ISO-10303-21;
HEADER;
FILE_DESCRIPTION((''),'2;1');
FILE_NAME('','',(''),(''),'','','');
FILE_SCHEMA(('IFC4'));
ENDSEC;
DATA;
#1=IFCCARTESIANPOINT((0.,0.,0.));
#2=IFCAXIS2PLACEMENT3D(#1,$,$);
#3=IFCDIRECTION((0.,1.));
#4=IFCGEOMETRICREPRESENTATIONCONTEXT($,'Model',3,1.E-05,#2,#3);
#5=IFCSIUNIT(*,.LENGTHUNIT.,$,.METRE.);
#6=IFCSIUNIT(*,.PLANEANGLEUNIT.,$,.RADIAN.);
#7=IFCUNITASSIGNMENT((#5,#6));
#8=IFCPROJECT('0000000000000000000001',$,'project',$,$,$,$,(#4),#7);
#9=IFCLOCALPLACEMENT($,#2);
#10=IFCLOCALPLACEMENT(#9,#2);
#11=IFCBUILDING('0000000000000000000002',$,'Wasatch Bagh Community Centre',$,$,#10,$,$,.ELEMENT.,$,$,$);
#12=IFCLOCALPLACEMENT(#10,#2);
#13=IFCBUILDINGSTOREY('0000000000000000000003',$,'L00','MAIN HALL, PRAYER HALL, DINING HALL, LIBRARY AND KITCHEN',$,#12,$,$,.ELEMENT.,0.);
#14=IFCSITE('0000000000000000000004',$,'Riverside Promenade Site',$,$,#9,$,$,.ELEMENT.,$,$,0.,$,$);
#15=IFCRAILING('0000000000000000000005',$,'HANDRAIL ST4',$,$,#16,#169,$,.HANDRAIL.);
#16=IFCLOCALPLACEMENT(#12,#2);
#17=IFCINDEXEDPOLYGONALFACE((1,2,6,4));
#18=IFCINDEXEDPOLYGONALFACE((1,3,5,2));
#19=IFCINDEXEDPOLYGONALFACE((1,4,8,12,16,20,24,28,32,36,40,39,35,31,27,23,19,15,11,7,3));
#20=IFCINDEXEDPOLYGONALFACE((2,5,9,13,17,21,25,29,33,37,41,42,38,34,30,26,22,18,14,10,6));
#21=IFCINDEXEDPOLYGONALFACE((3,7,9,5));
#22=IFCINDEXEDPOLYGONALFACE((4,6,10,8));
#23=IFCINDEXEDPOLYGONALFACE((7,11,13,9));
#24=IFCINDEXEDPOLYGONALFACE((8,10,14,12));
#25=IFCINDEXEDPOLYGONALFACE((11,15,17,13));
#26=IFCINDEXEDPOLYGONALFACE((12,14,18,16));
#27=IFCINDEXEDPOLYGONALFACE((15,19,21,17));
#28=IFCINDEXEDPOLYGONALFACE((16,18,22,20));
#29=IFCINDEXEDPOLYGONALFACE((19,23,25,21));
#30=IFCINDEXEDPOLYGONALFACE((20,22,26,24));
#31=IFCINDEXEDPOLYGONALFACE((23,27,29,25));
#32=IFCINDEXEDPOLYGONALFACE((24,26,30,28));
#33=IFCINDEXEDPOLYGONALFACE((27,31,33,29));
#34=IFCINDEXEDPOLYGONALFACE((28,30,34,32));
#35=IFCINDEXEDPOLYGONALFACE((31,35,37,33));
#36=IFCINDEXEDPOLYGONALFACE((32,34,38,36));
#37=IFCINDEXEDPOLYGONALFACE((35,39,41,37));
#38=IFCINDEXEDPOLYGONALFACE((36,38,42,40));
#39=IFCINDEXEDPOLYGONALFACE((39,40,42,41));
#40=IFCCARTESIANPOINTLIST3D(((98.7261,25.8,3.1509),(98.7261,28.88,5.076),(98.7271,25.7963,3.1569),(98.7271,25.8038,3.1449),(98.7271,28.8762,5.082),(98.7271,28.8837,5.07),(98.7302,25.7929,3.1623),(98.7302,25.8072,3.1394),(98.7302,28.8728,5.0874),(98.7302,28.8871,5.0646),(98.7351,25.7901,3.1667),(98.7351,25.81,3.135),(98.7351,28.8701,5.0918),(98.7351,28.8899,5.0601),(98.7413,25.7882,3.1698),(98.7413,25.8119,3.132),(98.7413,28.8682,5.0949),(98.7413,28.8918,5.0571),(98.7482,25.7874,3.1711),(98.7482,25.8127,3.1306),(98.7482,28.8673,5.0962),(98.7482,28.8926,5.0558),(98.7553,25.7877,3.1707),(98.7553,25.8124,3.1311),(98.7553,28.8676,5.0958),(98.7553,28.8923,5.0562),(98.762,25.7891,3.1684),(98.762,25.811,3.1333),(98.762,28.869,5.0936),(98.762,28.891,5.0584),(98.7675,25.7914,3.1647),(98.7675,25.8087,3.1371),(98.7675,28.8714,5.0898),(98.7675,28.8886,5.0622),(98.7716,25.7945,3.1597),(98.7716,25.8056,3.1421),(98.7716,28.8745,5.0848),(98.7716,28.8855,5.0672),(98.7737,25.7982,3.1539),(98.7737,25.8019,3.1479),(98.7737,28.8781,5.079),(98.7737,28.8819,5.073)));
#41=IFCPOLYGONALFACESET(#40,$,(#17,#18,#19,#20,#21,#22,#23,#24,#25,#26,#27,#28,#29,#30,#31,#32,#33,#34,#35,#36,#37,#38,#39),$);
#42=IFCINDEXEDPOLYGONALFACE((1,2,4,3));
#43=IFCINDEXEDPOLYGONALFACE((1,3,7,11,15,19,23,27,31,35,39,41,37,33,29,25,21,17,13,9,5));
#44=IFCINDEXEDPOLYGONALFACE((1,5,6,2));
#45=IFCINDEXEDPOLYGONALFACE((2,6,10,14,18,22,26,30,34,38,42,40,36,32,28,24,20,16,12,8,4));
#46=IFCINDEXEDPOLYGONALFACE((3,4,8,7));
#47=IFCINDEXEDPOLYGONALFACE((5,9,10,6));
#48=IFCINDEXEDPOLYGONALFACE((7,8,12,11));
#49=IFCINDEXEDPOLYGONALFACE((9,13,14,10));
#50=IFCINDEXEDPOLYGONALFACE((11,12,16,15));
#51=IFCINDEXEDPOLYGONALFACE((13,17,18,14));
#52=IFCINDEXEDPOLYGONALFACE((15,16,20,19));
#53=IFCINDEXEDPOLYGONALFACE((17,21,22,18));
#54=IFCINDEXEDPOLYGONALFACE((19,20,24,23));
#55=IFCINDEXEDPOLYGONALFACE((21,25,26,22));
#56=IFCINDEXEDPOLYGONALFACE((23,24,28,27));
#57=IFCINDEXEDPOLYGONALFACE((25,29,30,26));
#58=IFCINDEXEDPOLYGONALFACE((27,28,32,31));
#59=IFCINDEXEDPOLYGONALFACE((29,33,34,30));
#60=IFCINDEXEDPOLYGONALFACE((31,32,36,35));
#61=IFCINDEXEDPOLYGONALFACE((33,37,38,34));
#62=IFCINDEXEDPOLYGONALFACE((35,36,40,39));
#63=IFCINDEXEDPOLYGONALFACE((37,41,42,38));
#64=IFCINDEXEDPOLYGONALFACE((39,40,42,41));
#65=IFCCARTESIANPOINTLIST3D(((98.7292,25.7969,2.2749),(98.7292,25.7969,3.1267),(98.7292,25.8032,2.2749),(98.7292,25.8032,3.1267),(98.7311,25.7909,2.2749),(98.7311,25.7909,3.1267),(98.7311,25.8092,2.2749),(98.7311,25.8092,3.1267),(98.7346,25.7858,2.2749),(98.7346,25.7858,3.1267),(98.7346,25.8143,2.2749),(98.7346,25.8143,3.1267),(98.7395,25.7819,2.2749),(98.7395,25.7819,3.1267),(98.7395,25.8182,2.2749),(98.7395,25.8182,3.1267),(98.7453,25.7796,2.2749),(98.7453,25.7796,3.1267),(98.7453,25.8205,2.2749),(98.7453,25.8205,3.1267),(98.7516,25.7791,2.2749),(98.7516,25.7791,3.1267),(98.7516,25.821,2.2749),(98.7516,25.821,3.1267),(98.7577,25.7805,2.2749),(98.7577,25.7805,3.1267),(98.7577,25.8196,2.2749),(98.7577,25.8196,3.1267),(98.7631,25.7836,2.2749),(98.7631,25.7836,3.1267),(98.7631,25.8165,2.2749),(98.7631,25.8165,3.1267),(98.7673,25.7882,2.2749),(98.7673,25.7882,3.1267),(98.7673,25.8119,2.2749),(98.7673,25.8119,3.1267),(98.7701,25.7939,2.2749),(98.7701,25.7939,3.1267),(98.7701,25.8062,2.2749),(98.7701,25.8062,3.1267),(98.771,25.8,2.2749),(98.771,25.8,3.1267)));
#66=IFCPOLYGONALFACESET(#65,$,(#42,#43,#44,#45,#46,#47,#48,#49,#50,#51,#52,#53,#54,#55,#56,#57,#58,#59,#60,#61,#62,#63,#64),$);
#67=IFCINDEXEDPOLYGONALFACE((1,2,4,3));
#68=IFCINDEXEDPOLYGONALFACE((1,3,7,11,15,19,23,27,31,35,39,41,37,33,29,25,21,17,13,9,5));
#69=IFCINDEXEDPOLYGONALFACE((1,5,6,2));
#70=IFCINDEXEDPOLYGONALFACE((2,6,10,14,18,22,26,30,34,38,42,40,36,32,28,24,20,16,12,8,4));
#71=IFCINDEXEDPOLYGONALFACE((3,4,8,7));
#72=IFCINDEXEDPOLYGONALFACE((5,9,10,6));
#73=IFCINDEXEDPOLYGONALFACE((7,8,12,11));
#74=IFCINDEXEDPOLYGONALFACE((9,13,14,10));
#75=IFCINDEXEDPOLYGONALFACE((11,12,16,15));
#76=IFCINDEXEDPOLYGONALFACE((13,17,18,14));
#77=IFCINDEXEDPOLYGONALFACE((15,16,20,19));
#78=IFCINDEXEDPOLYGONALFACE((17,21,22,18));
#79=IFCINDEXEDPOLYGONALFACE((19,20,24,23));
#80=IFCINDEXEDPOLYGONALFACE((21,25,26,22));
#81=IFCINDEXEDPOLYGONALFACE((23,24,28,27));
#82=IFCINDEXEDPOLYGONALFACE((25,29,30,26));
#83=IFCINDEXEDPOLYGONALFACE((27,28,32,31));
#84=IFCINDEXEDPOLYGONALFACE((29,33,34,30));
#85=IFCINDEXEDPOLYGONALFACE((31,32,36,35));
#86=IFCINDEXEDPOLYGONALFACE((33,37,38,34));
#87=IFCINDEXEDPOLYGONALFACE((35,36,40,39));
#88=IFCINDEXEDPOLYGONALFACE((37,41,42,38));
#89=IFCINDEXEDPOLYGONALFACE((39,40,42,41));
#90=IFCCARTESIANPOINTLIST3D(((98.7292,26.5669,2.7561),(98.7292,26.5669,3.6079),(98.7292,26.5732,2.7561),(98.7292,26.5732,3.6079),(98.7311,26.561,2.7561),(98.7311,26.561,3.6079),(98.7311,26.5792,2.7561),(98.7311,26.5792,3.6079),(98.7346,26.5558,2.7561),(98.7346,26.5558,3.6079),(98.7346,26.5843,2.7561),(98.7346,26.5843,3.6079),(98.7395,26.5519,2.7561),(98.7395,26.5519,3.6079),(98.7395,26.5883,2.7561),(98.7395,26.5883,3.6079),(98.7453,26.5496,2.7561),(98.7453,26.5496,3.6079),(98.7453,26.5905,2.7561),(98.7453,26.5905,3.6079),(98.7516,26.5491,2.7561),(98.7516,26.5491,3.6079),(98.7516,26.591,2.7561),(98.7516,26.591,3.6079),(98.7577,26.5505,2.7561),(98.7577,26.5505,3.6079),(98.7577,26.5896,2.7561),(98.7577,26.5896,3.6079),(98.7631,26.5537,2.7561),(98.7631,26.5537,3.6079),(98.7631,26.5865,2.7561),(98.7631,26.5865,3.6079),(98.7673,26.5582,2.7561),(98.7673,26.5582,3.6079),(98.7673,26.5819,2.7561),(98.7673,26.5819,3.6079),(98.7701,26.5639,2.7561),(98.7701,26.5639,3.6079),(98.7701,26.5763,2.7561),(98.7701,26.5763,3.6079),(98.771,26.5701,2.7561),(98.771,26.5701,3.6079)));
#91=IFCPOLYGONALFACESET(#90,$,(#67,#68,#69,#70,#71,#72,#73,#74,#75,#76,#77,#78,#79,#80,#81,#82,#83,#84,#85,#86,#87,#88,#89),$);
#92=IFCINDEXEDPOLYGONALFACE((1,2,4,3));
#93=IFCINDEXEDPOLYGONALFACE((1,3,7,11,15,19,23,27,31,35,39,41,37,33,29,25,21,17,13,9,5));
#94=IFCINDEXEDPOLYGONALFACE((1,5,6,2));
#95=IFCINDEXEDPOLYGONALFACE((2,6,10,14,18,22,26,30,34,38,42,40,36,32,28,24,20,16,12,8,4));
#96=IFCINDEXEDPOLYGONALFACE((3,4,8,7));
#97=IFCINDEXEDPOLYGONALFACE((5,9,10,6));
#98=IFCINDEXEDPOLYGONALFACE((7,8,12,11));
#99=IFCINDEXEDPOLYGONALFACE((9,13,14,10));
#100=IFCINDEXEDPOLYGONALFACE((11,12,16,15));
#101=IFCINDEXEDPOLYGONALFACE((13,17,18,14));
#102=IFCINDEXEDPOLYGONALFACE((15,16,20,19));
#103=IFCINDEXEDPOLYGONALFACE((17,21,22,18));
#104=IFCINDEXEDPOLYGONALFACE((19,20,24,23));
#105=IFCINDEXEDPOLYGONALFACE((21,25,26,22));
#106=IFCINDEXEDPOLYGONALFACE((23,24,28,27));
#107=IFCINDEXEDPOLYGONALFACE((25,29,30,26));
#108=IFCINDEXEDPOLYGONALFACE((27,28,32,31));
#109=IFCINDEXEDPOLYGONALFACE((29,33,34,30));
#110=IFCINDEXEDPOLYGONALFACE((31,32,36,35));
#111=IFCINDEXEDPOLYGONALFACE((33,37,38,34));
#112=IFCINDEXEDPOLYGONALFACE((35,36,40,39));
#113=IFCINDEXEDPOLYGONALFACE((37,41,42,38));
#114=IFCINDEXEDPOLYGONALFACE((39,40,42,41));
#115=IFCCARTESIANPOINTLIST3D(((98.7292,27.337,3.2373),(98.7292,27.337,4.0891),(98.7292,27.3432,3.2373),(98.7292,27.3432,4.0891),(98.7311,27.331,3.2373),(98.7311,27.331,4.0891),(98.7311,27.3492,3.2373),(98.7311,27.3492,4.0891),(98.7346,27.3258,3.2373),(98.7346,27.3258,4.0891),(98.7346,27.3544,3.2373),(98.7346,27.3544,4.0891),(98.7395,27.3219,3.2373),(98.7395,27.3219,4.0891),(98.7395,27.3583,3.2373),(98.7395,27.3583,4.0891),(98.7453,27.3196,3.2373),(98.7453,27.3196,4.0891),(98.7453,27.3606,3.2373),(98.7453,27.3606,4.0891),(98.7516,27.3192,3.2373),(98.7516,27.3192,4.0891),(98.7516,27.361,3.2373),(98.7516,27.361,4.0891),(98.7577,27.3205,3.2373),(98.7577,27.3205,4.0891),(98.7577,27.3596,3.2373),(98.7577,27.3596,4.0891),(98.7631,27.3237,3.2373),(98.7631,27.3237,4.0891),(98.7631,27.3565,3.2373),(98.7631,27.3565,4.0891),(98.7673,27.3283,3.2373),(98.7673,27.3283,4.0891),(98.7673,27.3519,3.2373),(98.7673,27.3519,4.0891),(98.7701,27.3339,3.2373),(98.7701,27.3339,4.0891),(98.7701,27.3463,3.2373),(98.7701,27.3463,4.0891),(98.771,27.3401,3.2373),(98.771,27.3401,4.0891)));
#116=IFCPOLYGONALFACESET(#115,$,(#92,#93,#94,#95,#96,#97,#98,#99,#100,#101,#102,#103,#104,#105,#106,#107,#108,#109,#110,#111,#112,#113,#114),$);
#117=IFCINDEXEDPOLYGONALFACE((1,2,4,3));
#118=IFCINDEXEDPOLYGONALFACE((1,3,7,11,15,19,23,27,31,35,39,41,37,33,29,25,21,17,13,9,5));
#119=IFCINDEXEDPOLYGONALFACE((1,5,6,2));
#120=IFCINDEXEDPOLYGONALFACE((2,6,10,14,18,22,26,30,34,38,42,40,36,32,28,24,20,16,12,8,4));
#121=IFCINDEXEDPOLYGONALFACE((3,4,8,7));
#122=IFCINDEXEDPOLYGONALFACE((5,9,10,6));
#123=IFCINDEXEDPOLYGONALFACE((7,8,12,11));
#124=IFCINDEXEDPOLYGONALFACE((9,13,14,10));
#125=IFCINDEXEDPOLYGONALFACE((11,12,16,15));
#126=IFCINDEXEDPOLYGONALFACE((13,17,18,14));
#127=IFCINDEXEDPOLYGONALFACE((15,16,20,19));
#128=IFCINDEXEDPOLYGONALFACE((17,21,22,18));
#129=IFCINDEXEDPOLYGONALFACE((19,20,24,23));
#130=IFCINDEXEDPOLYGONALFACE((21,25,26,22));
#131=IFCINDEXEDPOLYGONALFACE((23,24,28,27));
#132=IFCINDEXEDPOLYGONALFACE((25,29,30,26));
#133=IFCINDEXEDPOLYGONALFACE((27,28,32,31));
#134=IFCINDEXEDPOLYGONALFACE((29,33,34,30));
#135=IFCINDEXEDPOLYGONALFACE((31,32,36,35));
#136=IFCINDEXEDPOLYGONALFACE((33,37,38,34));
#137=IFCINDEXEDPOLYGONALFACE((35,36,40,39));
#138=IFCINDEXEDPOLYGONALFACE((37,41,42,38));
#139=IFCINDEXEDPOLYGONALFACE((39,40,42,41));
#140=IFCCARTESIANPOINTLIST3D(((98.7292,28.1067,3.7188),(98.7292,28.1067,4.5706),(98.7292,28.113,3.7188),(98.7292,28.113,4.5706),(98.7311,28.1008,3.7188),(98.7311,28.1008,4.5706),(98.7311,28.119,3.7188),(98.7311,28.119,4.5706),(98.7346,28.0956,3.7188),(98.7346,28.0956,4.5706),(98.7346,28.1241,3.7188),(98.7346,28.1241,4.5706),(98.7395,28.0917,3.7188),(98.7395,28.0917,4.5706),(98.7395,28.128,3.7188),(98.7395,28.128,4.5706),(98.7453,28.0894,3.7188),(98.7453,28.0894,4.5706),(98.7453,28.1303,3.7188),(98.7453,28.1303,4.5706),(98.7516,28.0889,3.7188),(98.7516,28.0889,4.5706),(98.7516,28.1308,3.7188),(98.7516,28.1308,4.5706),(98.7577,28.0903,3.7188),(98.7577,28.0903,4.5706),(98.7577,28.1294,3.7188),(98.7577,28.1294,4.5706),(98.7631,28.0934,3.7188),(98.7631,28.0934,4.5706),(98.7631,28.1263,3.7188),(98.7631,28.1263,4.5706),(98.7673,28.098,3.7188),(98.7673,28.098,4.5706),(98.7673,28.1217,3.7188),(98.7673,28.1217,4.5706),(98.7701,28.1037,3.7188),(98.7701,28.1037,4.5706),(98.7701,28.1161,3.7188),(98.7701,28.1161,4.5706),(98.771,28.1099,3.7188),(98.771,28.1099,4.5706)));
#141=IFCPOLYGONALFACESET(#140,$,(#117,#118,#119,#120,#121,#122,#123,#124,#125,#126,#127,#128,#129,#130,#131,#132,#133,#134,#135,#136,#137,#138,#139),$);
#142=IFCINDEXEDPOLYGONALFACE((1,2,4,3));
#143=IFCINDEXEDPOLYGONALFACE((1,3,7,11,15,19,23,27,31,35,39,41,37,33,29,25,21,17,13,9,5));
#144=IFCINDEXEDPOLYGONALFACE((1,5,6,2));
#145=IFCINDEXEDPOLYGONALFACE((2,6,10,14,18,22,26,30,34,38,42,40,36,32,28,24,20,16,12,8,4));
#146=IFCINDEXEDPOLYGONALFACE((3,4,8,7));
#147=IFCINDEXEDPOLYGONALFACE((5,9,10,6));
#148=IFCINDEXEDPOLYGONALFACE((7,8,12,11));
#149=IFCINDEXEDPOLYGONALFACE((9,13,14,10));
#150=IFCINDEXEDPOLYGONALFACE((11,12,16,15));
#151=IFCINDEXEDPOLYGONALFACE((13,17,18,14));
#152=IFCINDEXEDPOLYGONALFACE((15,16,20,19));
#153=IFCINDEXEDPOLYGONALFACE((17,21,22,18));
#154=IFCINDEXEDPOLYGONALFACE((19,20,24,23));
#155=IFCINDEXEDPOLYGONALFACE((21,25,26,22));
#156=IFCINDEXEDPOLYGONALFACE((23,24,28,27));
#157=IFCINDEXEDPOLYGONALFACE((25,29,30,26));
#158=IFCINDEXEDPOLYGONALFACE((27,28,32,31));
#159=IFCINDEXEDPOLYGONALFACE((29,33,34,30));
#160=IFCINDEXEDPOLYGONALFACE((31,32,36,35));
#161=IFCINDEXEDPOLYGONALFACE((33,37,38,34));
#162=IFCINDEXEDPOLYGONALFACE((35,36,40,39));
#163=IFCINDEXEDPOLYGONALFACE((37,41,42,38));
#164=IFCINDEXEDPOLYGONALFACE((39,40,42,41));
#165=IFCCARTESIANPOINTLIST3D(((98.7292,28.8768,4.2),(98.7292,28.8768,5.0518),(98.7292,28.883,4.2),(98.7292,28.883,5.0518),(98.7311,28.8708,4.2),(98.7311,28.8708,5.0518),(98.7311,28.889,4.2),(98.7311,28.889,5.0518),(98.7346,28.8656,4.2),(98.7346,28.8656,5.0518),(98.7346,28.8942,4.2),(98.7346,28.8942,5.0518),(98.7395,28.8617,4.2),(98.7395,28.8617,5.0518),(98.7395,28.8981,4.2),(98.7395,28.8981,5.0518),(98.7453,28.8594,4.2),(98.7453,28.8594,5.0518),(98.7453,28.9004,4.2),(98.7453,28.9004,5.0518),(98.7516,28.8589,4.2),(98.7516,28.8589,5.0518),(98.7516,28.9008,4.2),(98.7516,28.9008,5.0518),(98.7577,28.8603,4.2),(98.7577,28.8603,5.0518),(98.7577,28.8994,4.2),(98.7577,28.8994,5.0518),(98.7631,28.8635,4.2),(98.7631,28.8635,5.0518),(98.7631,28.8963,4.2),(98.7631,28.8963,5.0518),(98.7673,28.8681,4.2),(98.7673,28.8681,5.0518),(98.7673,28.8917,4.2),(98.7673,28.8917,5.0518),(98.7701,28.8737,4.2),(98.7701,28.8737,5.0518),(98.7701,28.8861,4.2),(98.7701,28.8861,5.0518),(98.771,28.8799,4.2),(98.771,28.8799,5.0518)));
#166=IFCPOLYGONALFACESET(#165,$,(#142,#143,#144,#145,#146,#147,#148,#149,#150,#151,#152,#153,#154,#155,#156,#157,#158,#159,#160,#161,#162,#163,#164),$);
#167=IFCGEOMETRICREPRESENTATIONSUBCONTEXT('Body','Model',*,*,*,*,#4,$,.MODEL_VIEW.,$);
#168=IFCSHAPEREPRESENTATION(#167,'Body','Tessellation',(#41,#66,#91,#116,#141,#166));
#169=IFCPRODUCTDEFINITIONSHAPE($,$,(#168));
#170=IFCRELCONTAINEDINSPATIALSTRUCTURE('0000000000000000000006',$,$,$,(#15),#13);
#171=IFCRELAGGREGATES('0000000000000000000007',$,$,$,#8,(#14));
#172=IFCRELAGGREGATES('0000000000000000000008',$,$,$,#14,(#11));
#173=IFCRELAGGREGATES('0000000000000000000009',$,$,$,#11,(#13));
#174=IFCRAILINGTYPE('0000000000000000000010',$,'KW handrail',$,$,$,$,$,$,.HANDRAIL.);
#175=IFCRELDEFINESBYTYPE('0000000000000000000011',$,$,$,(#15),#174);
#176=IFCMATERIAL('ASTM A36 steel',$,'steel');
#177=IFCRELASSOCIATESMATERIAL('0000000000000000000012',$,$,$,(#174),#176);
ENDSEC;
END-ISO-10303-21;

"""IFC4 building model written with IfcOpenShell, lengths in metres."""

from ifc_helpers import new_model, si_unit, direction, frame, origin, origin_2d, place, context, subcontext, project, spatial, circle, extrude, material, type_object, element, save


model = new_model("IFC4")

# Units and contexts
model_context = context("Model", 3, precision=1e-05, world=origin(), true_north=direction((0.0, 1.0)))
body_context = subcontext(model_context, "Body", "Model", "MODEL_VIEW")
ifc_project = project(units=[si_unit("LENGTHUNIT", "METRE"), si_unit("PLANEANGLEUNIT", "RADIAN")], contexts=[model_context])

# Site, building, storey
site_placement = place(None, origin())
site = spatial("IfcSite", under=ifc_project, at=site_placement, Name="Riverside Promenade Site", CompositionType="ELEMENT", RefElevation=0.0)
building_placement = place(site_placement, origin())
building = spatial("IfcBuilding", under=site, at=building_placement, Name="Wasatch Bagh Community Centre", CompositionType="ELEMENT")
storey_placement = place(building_placement, origin())
storey = spatial("IfcBuildingStorey", under=building, at=storey_placement, Name="L00", Description="MAIN HALL, PRAYER HALL, DINING HALL, LIBRARY AND KITCHEN", CompositionType="ELEMENT", Elevation=0.0)

# Railing
ifc_material_1 = material(Name="ASTM A36 steel", Category="steel")
railing_type_1 = type_object("IfcRailingType", Name="KW handrail", PredefinedType="HANDRAIL", material=ifc_material_1)
for number, where, name in (
    (1, (98.75, 25.8, 2.2749), "HANDRAIL ST4"),
):
    element("IfcRailing", number, at=place(storey_placement, frame(where)), inside=storey, type_object=railing_type_1, Name=name, PredefinedType="HANDRAIL", context=body_context, shape_type="SweptSolid", body=[
        extrude(circle(Radius=0.0239, at=origin_2d()), frame((0.0, 0.0, 0.876), z_axis=(0.0, 0.847979, 0.530029), x_axis=(-1.0, 0.0, 0.0)), (0.0, 0.0, 1.0), 3.6321),
        extrude(circle(Radius=0.021, at=origin_2d()), origin(), (0.0, 0.0, 1.0), 0.8518),
        extrude(circle(Radius=0.021, at=origin_2d()), frame((0.0, 0.77, 0.4812)), (0.0, 0.0, 1.0), 0.8518),
        extrude(circle(Radius=0.021, at=origin_2d()), frame((0.0, 1.54, 0.9624)), (0.0, 0.0, 1.0), 0.8518),
        extrude(circle(Radius=0.021, at=origin_2d()), frame((0.0, 2.3098, 1.4438)), (0.0, 0.0, 1.0), 0.8518),
        extrude(circle(Radius=0.021, at=origin_2d()), frame((0.0, 3.0798, 1.925)), (0.0, 0.0, 1.0), 0.8518),
    ])

save(model, "model.ifc")
